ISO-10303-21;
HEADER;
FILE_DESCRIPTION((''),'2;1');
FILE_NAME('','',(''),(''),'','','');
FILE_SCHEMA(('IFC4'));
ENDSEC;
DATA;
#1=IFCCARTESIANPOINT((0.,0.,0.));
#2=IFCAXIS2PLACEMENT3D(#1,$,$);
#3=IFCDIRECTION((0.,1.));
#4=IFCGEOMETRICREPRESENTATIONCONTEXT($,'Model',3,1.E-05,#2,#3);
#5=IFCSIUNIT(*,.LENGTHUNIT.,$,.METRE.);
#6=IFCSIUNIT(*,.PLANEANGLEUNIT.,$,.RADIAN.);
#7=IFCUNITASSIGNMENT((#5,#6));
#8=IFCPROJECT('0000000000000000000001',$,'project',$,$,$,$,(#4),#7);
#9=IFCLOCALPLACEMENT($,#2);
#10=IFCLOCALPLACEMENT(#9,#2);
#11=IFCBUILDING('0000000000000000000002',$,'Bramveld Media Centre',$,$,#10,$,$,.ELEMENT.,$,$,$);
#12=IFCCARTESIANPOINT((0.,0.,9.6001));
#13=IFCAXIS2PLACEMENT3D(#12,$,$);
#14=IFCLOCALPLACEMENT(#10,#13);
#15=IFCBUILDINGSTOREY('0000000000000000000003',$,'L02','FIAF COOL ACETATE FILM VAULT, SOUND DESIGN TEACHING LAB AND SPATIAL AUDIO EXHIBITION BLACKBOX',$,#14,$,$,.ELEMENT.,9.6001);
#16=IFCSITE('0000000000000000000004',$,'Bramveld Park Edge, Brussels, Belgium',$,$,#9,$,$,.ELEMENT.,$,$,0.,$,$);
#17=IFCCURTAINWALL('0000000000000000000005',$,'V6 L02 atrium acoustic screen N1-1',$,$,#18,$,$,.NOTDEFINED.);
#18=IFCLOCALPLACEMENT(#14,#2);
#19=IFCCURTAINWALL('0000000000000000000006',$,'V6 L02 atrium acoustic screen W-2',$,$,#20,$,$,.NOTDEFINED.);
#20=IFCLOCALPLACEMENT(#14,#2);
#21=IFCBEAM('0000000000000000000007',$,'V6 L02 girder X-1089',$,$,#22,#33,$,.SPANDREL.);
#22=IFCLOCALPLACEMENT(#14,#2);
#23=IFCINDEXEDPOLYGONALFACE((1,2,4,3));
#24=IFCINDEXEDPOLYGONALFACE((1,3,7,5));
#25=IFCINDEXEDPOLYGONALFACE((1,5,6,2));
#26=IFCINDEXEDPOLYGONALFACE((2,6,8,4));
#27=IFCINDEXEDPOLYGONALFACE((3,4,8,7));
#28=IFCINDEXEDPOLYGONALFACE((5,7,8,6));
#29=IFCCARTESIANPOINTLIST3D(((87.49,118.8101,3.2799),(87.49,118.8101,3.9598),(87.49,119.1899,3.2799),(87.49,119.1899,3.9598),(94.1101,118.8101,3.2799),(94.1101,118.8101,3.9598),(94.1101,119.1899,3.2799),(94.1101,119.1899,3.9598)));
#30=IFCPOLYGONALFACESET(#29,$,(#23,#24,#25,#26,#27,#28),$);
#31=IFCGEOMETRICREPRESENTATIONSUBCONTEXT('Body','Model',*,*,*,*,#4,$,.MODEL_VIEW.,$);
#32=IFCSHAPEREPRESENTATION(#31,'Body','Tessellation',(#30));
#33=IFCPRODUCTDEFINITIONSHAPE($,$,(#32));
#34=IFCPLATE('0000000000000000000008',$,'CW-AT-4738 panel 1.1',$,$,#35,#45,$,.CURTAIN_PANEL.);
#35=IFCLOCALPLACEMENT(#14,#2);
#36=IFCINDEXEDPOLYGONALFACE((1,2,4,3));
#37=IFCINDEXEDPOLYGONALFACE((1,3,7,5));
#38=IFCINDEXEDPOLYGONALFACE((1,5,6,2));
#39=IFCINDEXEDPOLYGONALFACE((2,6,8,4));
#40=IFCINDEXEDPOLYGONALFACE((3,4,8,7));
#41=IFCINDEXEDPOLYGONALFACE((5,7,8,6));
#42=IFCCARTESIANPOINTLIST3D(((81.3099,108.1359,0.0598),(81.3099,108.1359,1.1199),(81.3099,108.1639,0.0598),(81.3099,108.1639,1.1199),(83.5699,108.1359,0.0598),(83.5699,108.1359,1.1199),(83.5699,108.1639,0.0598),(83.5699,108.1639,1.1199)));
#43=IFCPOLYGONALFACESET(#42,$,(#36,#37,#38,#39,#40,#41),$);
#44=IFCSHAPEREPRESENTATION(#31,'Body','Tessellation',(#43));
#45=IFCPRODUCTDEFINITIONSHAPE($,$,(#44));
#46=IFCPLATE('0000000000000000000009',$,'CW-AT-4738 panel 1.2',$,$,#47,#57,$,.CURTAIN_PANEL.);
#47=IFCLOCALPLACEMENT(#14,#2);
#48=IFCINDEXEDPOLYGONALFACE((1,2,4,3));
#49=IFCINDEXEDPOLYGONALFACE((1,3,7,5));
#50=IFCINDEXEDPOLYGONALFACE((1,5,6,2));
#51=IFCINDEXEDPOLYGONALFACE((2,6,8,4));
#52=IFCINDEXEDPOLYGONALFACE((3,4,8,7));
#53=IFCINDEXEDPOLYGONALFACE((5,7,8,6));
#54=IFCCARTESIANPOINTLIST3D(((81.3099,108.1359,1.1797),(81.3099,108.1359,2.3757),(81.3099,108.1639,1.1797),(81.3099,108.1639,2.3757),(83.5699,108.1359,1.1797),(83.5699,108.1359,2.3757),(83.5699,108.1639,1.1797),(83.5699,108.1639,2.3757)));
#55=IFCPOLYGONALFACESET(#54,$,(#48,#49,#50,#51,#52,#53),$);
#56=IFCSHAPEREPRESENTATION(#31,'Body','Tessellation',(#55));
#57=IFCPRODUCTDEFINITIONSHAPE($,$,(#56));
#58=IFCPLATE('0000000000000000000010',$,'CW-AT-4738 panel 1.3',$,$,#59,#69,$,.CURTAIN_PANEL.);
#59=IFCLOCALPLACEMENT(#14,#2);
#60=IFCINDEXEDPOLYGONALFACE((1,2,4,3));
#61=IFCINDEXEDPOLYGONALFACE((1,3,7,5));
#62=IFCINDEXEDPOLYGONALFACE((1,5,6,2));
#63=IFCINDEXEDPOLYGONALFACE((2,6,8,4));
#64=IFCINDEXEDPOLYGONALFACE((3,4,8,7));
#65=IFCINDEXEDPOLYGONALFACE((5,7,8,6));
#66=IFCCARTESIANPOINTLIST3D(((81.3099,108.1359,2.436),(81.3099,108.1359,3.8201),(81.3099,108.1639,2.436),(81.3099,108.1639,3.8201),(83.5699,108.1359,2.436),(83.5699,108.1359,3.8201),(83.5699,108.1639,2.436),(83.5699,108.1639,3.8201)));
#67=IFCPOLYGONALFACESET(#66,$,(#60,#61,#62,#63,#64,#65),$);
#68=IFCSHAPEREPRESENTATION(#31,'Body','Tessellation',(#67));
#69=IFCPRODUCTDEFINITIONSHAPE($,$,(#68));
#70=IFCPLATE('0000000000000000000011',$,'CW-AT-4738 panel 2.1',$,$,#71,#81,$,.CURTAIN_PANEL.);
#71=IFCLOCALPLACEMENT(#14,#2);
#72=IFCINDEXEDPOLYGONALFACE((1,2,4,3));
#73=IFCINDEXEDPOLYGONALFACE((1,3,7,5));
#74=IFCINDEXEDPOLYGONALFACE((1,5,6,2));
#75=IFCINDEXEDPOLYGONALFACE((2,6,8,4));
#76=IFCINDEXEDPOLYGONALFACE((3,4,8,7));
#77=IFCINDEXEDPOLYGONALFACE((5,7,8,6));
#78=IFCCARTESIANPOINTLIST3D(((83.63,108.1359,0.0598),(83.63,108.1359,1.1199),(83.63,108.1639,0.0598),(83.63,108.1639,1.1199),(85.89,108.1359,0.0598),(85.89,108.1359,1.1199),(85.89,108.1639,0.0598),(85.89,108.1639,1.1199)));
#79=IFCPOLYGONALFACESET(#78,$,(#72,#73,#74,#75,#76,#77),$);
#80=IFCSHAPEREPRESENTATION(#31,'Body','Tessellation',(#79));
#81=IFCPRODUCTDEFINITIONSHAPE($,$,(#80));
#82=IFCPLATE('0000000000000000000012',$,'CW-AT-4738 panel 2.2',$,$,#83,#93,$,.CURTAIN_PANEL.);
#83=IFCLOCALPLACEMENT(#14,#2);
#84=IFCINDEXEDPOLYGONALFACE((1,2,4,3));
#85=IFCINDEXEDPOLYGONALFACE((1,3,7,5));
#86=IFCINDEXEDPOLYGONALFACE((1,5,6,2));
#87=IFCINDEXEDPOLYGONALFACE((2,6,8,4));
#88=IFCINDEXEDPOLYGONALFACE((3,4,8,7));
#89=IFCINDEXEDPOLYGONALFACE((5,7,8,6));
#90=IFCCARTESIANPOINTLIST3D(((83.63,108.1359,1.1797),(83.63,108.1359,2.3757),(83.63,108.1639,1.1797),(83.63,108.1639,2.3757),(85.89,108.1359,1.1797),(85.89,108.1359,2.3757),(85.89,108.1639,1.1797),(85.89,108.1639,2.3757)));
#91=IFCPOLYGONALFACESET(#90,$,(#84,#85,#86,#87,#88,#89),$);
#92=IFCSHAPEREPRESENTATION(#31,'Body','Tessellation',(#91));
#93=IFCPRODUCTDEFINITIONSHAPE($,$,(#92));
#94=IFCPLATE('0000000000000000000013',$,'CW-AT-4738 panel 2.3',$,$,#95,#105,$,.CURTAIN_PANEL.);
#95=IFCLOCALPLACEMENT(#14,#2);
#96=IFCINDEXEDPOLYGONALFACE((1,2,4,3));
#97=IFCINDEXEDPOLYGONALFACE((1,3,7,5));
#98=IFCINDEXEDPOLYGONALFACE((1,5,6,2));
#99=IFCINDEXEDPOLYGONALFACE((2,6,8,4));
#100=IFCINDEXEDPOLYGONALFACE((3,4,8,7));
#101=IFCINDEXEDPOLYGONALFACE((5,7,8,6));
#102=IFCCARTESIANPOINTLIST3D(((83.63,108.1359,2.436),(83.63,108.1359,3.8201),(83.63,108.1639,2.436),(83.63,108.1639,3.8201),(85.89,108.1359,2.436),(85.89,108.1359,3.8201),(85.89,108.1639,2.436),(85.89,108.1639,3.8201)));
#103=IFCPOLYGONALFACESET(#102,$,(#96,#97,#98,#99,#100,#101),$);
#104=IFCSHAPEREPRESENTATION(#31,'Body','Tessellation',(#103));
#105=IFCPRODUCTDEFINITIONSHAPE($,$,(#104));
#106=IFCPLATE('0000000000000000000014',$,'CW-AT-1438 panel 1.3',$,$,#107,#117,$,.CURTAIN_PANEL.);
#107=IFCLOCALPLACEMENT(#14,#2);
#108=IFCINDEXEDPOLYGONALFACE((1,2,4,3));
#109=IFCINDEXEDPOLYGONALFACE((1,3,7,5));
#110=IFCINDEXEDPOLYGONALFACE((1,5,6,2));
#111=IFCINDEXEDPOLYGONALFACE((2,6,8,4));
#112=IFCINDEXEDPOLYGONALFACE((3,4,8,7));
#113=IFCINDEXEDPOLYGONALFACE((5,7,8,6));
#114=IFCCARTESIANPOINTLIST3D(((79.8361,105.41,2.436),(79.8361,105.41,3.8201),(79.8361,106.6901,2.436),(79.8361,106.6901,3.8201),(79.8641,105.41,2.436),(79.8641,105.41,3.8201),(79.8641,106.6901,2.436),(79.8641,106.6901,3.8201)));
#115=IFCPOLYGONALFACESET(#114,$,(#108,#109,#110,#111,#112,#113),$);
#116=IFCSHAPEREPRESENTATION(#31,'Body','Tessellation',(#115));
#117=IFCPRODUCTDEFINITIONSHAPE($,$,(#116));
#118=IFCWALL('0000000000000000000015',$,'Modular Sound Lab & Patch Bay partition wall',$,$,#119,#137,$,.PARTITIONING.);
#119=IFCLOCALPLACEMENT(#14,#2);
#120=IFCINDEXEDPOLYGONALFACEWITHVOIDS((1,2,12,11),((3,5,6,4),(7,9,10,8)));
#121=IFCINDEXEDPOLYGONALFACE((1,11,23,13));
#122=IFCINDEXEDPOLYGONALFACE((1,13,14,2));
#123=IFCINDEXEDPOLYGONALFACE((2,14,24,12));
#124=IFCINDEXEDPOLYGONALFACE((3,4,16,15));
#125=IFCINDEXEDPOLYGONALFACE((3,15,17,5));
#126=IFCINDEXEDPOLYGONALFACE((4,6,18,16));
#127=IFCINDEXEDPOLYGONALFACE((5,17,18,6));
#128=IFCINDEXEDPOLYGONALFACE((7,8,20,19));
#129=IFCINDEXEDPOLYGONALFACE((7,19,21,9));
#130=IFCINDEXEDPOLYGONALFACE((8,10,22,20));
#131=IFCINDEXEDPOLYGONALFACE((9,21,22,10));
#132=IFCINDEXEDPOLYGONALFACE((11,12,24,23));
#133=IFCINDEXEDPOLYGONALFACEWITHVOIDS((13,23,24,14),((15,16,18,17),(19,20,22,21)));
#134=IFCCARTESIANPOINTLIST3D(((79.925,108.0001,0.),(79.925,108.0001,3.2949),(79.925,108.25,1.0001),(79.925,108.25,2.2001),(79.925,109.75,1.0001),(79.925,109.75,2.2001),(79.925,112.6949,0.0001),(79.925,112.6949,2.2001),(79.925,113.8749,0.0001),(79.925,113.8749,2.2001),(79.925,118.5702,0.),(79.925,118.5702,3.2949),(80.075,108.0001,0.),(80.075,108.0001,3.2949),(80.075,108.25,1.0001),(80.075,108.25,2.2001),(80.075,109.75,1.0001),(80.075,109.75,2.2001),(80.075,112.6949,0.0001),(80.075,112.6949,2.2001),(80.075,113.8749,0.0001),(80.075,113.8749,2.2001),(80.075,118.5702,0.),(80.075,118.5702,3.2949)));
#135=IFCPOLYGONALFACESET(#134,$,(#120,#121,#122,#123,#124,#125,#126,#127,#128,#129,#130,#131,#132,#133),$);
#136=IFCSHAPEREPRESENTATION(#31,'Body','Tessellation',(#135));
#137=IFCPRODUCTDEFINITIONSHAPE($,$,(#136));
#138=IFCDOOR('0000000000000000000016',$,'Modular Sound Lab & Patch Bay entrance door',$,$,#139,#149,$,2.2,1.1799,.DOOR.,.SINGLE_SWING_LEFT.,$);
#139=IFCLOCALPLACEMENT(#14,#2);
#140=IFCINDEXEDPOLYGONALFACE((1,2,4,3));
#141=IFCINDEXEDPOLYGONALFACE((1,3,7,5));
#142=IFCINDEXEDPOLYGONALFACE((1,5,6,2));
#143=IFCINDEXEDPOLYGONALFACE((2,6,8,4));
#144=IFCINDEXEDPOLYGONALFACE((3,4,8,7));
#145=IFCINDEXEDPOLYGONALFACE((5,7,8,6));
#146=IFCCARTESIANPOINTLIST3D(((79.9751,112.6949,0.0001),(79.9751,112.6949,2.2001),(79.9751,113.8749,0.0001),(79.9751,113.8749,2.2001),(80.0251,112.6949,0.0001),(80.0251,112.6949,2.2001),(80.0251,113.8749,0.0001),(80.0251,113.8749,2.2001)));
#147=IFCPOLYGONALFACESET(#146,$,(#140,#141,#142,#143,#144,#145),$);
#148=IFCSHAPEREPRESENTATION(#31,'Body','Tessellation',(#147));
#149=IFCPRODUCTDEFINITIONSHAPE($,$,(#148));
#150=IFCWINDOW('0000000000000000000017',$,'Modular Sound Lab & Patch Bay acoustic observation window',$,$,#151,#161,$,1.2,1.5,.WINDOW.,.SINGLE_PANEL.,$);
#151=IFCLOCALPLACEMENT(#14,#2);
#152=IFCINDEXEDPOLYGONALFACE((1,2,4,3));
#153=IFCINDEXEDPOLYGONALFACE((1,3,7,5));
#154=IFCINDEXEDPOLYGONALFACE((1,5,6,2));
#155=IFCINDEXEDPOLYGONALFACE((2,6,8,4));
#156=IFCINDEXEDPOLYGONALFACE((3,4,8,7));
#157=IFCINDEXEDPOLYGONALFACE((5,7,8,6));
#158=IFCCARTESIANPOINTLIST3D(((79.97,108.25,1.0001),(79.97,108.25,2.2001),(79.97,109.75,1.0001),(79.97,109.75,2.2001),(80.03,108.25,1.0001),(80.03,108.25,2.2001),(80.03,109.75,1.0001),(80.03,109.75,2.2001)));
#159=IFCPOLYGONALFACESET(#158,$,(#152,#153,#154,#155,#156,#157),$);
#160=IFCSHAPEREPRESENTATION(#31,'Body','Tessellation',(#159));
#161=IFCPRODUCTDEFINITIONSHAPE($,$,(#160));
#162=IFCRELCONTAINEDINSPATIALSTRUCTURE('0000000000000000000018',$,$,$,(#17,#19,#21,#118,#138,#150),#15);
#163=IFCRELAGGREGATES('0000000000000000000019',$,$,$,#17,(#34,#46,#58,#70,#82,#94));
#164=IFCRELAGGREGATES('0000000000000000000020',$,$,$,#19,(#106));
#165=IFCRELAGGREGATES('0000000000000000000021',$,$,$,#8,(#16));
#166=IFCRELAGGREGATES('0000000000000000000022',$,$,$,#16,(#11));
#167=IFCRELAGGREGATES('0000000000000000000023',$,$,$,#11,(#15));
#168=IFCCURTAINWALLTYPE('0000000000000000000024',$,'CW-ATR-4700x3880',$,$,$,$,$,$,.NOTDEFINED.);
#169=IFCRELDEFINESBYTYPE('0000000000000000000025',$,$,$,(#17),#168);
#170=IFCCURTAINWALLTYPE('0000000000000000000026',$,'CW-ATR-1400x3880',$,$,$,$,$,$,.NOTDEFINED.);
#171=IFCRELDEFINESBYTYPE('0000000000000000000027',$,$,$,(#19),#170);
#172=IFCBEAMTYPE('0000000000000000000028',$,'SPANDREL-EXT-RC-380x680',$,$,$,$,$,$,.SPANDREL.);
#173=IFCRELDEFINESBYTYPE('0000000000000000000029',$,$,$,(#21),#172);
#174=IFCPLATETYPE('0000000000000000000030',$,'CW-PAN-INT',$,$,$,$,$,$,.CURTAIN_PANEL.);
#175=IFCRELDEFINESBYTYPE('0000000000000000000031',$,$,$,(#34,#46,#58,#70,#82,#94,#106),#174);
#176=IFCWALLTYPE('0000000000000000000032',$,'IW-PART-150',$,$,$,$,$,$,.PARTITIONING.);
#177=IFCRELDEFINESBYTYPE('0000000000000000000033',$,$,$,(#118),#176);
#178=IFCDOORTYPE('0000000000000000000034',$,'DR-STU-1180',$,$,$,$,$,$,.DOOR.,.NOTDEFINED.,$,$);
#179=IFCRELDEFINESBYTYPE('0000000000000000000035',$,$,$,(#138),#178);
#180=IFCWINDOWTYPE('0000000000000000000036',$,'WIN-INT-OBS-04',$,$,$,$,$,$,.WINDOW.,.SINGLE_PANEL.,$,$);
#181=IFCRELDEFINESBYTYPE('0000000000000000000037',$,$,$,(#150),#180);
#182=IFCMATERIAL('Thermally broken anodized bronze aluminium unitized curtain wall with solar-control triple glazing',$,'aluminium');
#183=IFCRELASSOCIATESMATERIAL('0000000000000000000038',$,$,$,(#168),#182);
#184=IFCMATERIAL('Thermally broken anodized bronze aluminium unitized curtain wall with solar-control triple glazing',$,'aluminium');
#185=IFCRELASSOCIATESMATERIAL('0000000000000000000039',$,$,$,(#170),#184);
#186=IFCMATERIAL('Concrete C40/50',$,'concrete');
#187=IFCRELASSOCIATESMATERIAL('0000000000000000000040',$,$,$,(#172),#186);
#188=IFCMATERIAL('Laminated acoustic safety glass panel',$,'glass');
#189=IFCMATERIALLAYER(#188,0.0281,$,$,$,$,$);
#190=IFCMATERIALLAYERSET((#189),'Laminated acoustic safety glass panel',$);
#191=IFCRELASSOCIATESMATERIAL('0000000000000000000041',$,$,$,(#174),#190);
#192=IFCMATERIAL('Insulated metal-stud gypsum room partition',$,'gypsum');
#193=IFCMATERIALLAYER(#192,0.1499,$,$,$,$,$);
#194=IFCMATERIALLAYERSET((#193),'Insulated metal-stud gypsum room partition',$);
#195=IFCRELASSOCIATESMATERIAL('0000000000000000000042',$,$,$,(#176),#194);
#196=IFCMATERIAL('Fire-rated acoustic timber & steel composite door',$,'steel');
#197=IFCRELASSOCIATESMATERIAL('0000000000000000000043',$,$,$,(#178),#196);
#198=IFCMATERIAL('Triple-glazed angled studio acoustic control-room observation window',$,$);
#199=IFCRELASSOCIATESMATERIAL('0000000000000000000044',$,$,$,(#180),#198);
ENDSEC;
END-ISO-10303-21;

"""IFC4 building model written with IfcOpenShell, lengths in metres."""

from ifc_helpers import new_model, si_unit, direction, frame, frame_2d, origin, origin_2d, place, context, subcontext, project, spatial, rectangle, extrude, material, layer, layer_set, material_profile, profile_set, type_object, element, fill, aggregate, save


model = new_model("IFC4")

# Units and contexts
model_context = context("Model", 3, precision=1e-05, world=origin(), true_north=direction((0.0, 1.0)))
body_context = subcontext(model_context, "Body", "Model", "MODEL_VIEW")
ifc_project = project(units=[si_unit("LENGTHUNIT", "METRE"), si_unit("PLANEANGLEUNIT", "RADIAN")], contexts=[model_context])

# Site, building, storey
site_placement = place(None, origin())
site = spatial("IfcSite", under=ifc_project, at=site_placement, Name="Bramveld Park Edge, Brussels, Belgium", CompositionType="ELEMENT", RefElevation=0.0)
building_placement = place(site_placement, origin())
building = spatial("IfcBuilding", under=site, at=building_placement, Name="Bramveld Media Centre", CompositionType="ELEMENT")
storey_placement = place(building_placement, frame((0.0, 0.0, 9.6001)))
storey = spatial("IfcBuildingStorey", under=building, at=storey_placement, Name="L02", Description="FIAF COOL ACETATE FILM VAULT, SOUND DESIGN TEACHING LAB AND SPATIAL AUDIO EXHIBITION BLACKBOX", CompositionType="ELEMENT", Elevation=9.6001)

# Curtain wall
ifc_material_1 = material(Name="Thermally broken anodized bronze aluminium unitized curtain wall with solar-control triple glazing", Category="aluminium")
curtain_wall_type_1 = type_object("IfcCurtainWallType", Name="CW-ATR-4700x3880", PredefinedType="NOTDEFINED", material=ifc_material_1)
curtain_wall_1_placement = place(storey_placement, origin())
curtain_wall_1 = element("IfcCurtainWall", 1, at=curtain_wall_1_placement, inside=storey, type_object=curtain_wall_type_1, Name="V6 L02 atrium acoustic screen N1-1", PredefinedType="NOTDEFINED")

# Curtain wall
ifc_material_2 = material(Name="Thermally broken anodized bronze aluminium unitized curtain wall with solar-control triple glazing", Category="aluminium")
curtain_wall_type_2 = type_object("IfcCurtainWallType", Name="CW-ATR-1400x3880", PredefinedType="NOTDEFINED", material=ifc_material_2)
curtain_wall_2_placement = place(storey_placement, origin())
curtain_wall_2 = element("IfcCurtainWall", 2, at=curtain_wall_2_placement, inside=storey, type_object=curtain_wall_type_2, Name="V6 L02 atrium acoustic screen W-2", PredefinedType="NOTDEFINED")

# Beam
ifc_material_3 = material(Name="Concrete C40/50", Category="concrete")
ifc_material_profile_1 = material_profile(ifc_material_3, rectangle(XDim=0.3799, YDim=0.6799, at=origin_2d()), Name="RC 380x680")
ifc_profile_set_1 = profile_set([ifc_material_profile_1], Name="Concrete C40/50")
beam_type_1 = type_object("IfcBeamType", Name="SPANDREL-EXT-RC-380x680", PredefinedType="SPANDREL", material=ifc_profile_set_1)
beam_1_placement = place(storey_placement, frame((87.49, 119.0, 3.6199), z_axis=(1.0, 0.0, 0.0), x_axis=(0.0, 1.0, 0.0)))
element("IfcBeam", 3, at=beam_1_placement, inside=storey, type_object=beam_type_1, Name="V6 L02 girder X-1089", PredefinedType="SPANDREL", context=body_context, shape_type="SweptSolid", body=[
    extrude(rectangle(XDim=0.3799, YDim=0.6799, at=origin_2d()), origin(), (0.0, 0.0, 1.0), 6.6201),
])

# Plates
ifc_material_4 = material(Name="Laminated acoustic safety glass panel", Category="glass")
ifc_layer_1 = layer(ifc_material_4, 0.0281)
ifc_layer_set_1 = layer_set([ifc_layer_1], Name="Laminated acoustic safety glass panel")
plate_type = type_object("IfcPlateType", Name="CW-PAN-INT", PredefinedType="CURTAIN_PANEL", material=ifc_layer_set_1)
plate_1_placement = place(storey_placement, frame((82.4399, 108.1499, 0.0598), z_axis=(0.0, 0.0, 1.0), x_axis=(1.0, 0.0, 0.0)))
plate_1 = element("IfcPlate", 4, at=plate_1_placement, type_object=plate_type, Name="CW-AT-4738 panel 1.1", PredefinedType="CURTAIN_PANEL", context=body_context, shape_type="SweptSolid", body=[
    extrude(rectangle(XDim=2.26, YDim=0.0281, at=origin_2d()), origin(), (0.0, 0.0, 1.0), 1.0601),
])
plate_2_placement = place(storey_placement, frame((82.4399, 108.1499, 1.1797), z_axis=(0.0, 0.0, 1.0), x_axis=(1.0, 0.0, 0.0)))
plate_2 = element("IfcPlate", 5, at=plate_2_placement, type_object=plate_type, Name="CW-AT-4738 panel 1.2", PredefinedType="CURTAIN_PANEL", context=body_context, shape_type="SweptSolid", body=[
    extrude(rectangle(XDim=2.26, YDim=0.0281, at=origin_2d()), origin(), (0.0, 0.0, 1.0), 1.196),
])
plate_3_placement = place(storey_placement, frame((82.4399, 108.1499, 2.436), z_axis=(0.0, 0.0, 1.0), x_axis=(1.0, 0.0, 0.0)))
plate_3 = element("IfcPlate", 6, at=plate_3_placement, type_object=plate_type, Name="CW-AT-4738 panel 1.3", PredefinedType="CURTAIN_PANEL", context=body_context, shape_type="SweptSolid", body=[
    extrude(rectangle(XDim=2.26, YDim=0.0281, at=origin_2d()), origin(), (0.0, 0.0, 1.0), 1.384),
])
plate_4_placement = place(storey_placement, frame((84.76, 108.1499, 0.0598), z_axis=(0.0, 0.0, 1.0), x_axis=(1.0, 0.0, 0.0)))
plate_4 = element("IfcPlate", 7, at=plate_4_placement, type_object=plate_type, Name="CW-AT-4738 panel 2.1", PredefinedType="CURTAIN_PANEL", context=body_context, shape_type="SweptSolid", body=[
    extrude(rectangle(XDim=2.26, YDim=0.0281, at=origin_2d()), origin(), (0.0, 0.0, 1.0), 1.0601),
])
plate_5_placement = place(storey_placement, frame((84.76, 108.1499, 1.1797), z_axis=(0.0, 0.0, 1.0), x_axis=(1.0, 0.0, 0.0)))
plate_5 = element("IfcPlate", 8, at=plate_5_placement, type_object=plate_type, Name="CW-AT-4738 panel 2.2", PredefinedType="CURTAIN_PANEL", context=body_context, shape_type="SweptSolid", body=[
    extrude(rectangle(XDim=2.26, YDim=0.0281, at=origin_2d()), origin(), (0.0, 0.0, 1.0), 1.196),
])
plate_6_placement = place(storey_placement, frame((84.76, 108.1499, 2.436), z_axis=(0.0, 0.0, 1.0), x_axis=(1.0, 0.0, 0.0)))
plate_6 = element("IfcPlate", 9, at=plate_6_placement, type_object=plate_type, Name="CW-AT-4738 panel 2.3", PredefinedType="CURTAIN_PANEL", context=body_context, shape_type="SweptSolid", body=[
    extrude(rectangle(XDim=2.26, YDim=0.0281, at=origin_2d()), origin(), (0.0, 0.0, 1.0), 1.384),
])
aggregate(curtain_wall_1, [plate_1, plate_2, plate_3, plate_4, plate_5, plate_6])
plate_7_placement = place(storey_placement, frame((79.8501, 106.05, 2.436), z_axis=(0.0, 0.0, 1.0), x_axis=(0.0, 1.0, 0.0)))
plate_7 = element("IfcPlate", 10, at=plate_7_placement, type_object=plate_type, Name="CW-AT-1438 panel 1.3", PredefinedType="CURTAIN_PANEL", context=body_context, shape_type="SweptSolid", body=[
    extrude(rectangle(XDim=1.28, YDim=0.0281, at=origin_2d()), origin(), (0.0, 0.0, 1.0), 1.384),
])
aggregate(curtain_wall_2, [plate_7])

# Wall, openings, door, window
ifc_material_5 = material(Name="Insulated metal-stud gypsum room partition", Category="gypsum")
ifc_layer_2 = layer(ifc_material_5, 0.1499)
ifc_layer_set_2 = layer_set([ifc_layer_2], Name="Insulated metal-stud gypsum room partition")
wall_type = type_object("IfcWallType", Name="IW-PART-150", PredefinedType="PARTITIONING", material=ifc_layer_set_2)
wall_placement = place(storey_placement, frame((80.0, 108.0, 0.0), z_axis=(0.0, 0.0, 1.0), x_axis=(0.0, 1.0, 0.0)))
wall = element("IfcWall", 11, at=wall_placement, inside=storey, type_object=wall_type, Name="Modular Sound Lab & Patch Bay partition wall", PredefinedType="PARTITIONING", context=body_context, shape_type="SweptSolid", body=[
    extrude(rectangle(XDim=10.5701, YDim=0.1499, at=frame_2d((5.2852, 0.0))), origin(), (0.0, 0.0, 1.0), 3.2949),
])
opening_1_placement = place(wall_placement, frame((4.6951, 0.0, 0.0)))
opening_1 = element("IfcOpeningElement", 12, at=opening_1_placement, cuts=wall, PredefinedType="OPENING", context=body_context, shape_type="SweptSolid", body=[
    extrude(rectangle(XDim=1.1799, YDim=2.2, at=frame_2d((0.5898, 1.1001))), frame((0.0, 0.0869, 0.0), z_axis=(0.0, -1.0, 0.0), x_axis=(1.0, 0.0, 0.0)), (0.0, 0.0, 1.0), 0.1738),
])
opening_2_placement = place(wall_placement, frame((0.25, 0.0, 1.0)))
opening_2 = element("IfcOpeningElement", 13, at=opening_2_placement, cuts=wall, PredefinedType="OPENING", context=body_context, shape_type="SweptSolid", body=[
    extrude(rectangle(XDim=1.5, YDim=1.2, at=frame_2d((0.75, 0.6001))), frame((0.0, 0.0869, 0.0), z_axis=(0.0, -1.0, 0.0), x_axis=(1.0, 0.0, 0.0)), (0.0, 0.0, 1.0), 0.1738),
])
ifc_material_6 = material(Name="Fire-rated acoustic timber & steel composite door", Category="steel")
door_type = type_object("IfcDoorType", Name="DR-STU-1180", OperationType="NOTDEFINED", PredefinedType="DOOR", material=ifc_material_6)
door_placement = place(opening_1_placement, origin())
door = element("IfcDoor", 14, at=door_placement, inside=storey, type_object=door_type, Name="Modular Sound Lab & Patch Bay entrance door", OperationType="SINGLE_SWING_LEFT", OverallHeight=2.2, OverallWidth=1.1799, PredefinedType="DOOR", context=body_context, shape_type="SweptSolid", body=[
    extrude(rectangle(XDim=1.1799, YDim=2.2, at=frame_2d((0.5898, 1.1001))), frame((0.0, 0.0249, 0.0), z_axis=(0.0, -1.0, 0.0), x_axis=(1.0, 0.0, 0.0)), (0.0, 0.0, 1.0), 0.05),
])
fill(opening_1, door)
ifc_material_7 = material(Name="Triple-glazed angled studio acoustic control-room observation window")
window_type = type_object("IfcWindowType", Name="WIN-INT-OBS-04", PartitioningType="SINGLE_PANEL", PredefinedType="WINDOW", material=ifc_material_7)
window_placement = place(opening_2_placement, origin())
window = element("IfcWindow", 15, at=window_placement, inside=storey, type_object=window_type, Name="Modular Sound Lab & Patch Bay acoustic observation window", OverallHeight=1.2, OverallWidth=1.5, PartitioningType="SINGLE_PANEL", PredefinedType="WINDOW", context=body_context, shape_type="SweptSolid", body=[
    extrude(rectangle(XDim=1.5, YDim=1.2, at=frame_2d((0.75, 0.6001))), frame((0.0, 0.03, 0.0), z_axis=(0.0, -1.0, 0.0), x_axis=(1.0, 0.0, 0.0)), (0.0, 0.0, 1.0), 0.0601),
])
fill(opening_2, window)

save(model, "model.ifc")
